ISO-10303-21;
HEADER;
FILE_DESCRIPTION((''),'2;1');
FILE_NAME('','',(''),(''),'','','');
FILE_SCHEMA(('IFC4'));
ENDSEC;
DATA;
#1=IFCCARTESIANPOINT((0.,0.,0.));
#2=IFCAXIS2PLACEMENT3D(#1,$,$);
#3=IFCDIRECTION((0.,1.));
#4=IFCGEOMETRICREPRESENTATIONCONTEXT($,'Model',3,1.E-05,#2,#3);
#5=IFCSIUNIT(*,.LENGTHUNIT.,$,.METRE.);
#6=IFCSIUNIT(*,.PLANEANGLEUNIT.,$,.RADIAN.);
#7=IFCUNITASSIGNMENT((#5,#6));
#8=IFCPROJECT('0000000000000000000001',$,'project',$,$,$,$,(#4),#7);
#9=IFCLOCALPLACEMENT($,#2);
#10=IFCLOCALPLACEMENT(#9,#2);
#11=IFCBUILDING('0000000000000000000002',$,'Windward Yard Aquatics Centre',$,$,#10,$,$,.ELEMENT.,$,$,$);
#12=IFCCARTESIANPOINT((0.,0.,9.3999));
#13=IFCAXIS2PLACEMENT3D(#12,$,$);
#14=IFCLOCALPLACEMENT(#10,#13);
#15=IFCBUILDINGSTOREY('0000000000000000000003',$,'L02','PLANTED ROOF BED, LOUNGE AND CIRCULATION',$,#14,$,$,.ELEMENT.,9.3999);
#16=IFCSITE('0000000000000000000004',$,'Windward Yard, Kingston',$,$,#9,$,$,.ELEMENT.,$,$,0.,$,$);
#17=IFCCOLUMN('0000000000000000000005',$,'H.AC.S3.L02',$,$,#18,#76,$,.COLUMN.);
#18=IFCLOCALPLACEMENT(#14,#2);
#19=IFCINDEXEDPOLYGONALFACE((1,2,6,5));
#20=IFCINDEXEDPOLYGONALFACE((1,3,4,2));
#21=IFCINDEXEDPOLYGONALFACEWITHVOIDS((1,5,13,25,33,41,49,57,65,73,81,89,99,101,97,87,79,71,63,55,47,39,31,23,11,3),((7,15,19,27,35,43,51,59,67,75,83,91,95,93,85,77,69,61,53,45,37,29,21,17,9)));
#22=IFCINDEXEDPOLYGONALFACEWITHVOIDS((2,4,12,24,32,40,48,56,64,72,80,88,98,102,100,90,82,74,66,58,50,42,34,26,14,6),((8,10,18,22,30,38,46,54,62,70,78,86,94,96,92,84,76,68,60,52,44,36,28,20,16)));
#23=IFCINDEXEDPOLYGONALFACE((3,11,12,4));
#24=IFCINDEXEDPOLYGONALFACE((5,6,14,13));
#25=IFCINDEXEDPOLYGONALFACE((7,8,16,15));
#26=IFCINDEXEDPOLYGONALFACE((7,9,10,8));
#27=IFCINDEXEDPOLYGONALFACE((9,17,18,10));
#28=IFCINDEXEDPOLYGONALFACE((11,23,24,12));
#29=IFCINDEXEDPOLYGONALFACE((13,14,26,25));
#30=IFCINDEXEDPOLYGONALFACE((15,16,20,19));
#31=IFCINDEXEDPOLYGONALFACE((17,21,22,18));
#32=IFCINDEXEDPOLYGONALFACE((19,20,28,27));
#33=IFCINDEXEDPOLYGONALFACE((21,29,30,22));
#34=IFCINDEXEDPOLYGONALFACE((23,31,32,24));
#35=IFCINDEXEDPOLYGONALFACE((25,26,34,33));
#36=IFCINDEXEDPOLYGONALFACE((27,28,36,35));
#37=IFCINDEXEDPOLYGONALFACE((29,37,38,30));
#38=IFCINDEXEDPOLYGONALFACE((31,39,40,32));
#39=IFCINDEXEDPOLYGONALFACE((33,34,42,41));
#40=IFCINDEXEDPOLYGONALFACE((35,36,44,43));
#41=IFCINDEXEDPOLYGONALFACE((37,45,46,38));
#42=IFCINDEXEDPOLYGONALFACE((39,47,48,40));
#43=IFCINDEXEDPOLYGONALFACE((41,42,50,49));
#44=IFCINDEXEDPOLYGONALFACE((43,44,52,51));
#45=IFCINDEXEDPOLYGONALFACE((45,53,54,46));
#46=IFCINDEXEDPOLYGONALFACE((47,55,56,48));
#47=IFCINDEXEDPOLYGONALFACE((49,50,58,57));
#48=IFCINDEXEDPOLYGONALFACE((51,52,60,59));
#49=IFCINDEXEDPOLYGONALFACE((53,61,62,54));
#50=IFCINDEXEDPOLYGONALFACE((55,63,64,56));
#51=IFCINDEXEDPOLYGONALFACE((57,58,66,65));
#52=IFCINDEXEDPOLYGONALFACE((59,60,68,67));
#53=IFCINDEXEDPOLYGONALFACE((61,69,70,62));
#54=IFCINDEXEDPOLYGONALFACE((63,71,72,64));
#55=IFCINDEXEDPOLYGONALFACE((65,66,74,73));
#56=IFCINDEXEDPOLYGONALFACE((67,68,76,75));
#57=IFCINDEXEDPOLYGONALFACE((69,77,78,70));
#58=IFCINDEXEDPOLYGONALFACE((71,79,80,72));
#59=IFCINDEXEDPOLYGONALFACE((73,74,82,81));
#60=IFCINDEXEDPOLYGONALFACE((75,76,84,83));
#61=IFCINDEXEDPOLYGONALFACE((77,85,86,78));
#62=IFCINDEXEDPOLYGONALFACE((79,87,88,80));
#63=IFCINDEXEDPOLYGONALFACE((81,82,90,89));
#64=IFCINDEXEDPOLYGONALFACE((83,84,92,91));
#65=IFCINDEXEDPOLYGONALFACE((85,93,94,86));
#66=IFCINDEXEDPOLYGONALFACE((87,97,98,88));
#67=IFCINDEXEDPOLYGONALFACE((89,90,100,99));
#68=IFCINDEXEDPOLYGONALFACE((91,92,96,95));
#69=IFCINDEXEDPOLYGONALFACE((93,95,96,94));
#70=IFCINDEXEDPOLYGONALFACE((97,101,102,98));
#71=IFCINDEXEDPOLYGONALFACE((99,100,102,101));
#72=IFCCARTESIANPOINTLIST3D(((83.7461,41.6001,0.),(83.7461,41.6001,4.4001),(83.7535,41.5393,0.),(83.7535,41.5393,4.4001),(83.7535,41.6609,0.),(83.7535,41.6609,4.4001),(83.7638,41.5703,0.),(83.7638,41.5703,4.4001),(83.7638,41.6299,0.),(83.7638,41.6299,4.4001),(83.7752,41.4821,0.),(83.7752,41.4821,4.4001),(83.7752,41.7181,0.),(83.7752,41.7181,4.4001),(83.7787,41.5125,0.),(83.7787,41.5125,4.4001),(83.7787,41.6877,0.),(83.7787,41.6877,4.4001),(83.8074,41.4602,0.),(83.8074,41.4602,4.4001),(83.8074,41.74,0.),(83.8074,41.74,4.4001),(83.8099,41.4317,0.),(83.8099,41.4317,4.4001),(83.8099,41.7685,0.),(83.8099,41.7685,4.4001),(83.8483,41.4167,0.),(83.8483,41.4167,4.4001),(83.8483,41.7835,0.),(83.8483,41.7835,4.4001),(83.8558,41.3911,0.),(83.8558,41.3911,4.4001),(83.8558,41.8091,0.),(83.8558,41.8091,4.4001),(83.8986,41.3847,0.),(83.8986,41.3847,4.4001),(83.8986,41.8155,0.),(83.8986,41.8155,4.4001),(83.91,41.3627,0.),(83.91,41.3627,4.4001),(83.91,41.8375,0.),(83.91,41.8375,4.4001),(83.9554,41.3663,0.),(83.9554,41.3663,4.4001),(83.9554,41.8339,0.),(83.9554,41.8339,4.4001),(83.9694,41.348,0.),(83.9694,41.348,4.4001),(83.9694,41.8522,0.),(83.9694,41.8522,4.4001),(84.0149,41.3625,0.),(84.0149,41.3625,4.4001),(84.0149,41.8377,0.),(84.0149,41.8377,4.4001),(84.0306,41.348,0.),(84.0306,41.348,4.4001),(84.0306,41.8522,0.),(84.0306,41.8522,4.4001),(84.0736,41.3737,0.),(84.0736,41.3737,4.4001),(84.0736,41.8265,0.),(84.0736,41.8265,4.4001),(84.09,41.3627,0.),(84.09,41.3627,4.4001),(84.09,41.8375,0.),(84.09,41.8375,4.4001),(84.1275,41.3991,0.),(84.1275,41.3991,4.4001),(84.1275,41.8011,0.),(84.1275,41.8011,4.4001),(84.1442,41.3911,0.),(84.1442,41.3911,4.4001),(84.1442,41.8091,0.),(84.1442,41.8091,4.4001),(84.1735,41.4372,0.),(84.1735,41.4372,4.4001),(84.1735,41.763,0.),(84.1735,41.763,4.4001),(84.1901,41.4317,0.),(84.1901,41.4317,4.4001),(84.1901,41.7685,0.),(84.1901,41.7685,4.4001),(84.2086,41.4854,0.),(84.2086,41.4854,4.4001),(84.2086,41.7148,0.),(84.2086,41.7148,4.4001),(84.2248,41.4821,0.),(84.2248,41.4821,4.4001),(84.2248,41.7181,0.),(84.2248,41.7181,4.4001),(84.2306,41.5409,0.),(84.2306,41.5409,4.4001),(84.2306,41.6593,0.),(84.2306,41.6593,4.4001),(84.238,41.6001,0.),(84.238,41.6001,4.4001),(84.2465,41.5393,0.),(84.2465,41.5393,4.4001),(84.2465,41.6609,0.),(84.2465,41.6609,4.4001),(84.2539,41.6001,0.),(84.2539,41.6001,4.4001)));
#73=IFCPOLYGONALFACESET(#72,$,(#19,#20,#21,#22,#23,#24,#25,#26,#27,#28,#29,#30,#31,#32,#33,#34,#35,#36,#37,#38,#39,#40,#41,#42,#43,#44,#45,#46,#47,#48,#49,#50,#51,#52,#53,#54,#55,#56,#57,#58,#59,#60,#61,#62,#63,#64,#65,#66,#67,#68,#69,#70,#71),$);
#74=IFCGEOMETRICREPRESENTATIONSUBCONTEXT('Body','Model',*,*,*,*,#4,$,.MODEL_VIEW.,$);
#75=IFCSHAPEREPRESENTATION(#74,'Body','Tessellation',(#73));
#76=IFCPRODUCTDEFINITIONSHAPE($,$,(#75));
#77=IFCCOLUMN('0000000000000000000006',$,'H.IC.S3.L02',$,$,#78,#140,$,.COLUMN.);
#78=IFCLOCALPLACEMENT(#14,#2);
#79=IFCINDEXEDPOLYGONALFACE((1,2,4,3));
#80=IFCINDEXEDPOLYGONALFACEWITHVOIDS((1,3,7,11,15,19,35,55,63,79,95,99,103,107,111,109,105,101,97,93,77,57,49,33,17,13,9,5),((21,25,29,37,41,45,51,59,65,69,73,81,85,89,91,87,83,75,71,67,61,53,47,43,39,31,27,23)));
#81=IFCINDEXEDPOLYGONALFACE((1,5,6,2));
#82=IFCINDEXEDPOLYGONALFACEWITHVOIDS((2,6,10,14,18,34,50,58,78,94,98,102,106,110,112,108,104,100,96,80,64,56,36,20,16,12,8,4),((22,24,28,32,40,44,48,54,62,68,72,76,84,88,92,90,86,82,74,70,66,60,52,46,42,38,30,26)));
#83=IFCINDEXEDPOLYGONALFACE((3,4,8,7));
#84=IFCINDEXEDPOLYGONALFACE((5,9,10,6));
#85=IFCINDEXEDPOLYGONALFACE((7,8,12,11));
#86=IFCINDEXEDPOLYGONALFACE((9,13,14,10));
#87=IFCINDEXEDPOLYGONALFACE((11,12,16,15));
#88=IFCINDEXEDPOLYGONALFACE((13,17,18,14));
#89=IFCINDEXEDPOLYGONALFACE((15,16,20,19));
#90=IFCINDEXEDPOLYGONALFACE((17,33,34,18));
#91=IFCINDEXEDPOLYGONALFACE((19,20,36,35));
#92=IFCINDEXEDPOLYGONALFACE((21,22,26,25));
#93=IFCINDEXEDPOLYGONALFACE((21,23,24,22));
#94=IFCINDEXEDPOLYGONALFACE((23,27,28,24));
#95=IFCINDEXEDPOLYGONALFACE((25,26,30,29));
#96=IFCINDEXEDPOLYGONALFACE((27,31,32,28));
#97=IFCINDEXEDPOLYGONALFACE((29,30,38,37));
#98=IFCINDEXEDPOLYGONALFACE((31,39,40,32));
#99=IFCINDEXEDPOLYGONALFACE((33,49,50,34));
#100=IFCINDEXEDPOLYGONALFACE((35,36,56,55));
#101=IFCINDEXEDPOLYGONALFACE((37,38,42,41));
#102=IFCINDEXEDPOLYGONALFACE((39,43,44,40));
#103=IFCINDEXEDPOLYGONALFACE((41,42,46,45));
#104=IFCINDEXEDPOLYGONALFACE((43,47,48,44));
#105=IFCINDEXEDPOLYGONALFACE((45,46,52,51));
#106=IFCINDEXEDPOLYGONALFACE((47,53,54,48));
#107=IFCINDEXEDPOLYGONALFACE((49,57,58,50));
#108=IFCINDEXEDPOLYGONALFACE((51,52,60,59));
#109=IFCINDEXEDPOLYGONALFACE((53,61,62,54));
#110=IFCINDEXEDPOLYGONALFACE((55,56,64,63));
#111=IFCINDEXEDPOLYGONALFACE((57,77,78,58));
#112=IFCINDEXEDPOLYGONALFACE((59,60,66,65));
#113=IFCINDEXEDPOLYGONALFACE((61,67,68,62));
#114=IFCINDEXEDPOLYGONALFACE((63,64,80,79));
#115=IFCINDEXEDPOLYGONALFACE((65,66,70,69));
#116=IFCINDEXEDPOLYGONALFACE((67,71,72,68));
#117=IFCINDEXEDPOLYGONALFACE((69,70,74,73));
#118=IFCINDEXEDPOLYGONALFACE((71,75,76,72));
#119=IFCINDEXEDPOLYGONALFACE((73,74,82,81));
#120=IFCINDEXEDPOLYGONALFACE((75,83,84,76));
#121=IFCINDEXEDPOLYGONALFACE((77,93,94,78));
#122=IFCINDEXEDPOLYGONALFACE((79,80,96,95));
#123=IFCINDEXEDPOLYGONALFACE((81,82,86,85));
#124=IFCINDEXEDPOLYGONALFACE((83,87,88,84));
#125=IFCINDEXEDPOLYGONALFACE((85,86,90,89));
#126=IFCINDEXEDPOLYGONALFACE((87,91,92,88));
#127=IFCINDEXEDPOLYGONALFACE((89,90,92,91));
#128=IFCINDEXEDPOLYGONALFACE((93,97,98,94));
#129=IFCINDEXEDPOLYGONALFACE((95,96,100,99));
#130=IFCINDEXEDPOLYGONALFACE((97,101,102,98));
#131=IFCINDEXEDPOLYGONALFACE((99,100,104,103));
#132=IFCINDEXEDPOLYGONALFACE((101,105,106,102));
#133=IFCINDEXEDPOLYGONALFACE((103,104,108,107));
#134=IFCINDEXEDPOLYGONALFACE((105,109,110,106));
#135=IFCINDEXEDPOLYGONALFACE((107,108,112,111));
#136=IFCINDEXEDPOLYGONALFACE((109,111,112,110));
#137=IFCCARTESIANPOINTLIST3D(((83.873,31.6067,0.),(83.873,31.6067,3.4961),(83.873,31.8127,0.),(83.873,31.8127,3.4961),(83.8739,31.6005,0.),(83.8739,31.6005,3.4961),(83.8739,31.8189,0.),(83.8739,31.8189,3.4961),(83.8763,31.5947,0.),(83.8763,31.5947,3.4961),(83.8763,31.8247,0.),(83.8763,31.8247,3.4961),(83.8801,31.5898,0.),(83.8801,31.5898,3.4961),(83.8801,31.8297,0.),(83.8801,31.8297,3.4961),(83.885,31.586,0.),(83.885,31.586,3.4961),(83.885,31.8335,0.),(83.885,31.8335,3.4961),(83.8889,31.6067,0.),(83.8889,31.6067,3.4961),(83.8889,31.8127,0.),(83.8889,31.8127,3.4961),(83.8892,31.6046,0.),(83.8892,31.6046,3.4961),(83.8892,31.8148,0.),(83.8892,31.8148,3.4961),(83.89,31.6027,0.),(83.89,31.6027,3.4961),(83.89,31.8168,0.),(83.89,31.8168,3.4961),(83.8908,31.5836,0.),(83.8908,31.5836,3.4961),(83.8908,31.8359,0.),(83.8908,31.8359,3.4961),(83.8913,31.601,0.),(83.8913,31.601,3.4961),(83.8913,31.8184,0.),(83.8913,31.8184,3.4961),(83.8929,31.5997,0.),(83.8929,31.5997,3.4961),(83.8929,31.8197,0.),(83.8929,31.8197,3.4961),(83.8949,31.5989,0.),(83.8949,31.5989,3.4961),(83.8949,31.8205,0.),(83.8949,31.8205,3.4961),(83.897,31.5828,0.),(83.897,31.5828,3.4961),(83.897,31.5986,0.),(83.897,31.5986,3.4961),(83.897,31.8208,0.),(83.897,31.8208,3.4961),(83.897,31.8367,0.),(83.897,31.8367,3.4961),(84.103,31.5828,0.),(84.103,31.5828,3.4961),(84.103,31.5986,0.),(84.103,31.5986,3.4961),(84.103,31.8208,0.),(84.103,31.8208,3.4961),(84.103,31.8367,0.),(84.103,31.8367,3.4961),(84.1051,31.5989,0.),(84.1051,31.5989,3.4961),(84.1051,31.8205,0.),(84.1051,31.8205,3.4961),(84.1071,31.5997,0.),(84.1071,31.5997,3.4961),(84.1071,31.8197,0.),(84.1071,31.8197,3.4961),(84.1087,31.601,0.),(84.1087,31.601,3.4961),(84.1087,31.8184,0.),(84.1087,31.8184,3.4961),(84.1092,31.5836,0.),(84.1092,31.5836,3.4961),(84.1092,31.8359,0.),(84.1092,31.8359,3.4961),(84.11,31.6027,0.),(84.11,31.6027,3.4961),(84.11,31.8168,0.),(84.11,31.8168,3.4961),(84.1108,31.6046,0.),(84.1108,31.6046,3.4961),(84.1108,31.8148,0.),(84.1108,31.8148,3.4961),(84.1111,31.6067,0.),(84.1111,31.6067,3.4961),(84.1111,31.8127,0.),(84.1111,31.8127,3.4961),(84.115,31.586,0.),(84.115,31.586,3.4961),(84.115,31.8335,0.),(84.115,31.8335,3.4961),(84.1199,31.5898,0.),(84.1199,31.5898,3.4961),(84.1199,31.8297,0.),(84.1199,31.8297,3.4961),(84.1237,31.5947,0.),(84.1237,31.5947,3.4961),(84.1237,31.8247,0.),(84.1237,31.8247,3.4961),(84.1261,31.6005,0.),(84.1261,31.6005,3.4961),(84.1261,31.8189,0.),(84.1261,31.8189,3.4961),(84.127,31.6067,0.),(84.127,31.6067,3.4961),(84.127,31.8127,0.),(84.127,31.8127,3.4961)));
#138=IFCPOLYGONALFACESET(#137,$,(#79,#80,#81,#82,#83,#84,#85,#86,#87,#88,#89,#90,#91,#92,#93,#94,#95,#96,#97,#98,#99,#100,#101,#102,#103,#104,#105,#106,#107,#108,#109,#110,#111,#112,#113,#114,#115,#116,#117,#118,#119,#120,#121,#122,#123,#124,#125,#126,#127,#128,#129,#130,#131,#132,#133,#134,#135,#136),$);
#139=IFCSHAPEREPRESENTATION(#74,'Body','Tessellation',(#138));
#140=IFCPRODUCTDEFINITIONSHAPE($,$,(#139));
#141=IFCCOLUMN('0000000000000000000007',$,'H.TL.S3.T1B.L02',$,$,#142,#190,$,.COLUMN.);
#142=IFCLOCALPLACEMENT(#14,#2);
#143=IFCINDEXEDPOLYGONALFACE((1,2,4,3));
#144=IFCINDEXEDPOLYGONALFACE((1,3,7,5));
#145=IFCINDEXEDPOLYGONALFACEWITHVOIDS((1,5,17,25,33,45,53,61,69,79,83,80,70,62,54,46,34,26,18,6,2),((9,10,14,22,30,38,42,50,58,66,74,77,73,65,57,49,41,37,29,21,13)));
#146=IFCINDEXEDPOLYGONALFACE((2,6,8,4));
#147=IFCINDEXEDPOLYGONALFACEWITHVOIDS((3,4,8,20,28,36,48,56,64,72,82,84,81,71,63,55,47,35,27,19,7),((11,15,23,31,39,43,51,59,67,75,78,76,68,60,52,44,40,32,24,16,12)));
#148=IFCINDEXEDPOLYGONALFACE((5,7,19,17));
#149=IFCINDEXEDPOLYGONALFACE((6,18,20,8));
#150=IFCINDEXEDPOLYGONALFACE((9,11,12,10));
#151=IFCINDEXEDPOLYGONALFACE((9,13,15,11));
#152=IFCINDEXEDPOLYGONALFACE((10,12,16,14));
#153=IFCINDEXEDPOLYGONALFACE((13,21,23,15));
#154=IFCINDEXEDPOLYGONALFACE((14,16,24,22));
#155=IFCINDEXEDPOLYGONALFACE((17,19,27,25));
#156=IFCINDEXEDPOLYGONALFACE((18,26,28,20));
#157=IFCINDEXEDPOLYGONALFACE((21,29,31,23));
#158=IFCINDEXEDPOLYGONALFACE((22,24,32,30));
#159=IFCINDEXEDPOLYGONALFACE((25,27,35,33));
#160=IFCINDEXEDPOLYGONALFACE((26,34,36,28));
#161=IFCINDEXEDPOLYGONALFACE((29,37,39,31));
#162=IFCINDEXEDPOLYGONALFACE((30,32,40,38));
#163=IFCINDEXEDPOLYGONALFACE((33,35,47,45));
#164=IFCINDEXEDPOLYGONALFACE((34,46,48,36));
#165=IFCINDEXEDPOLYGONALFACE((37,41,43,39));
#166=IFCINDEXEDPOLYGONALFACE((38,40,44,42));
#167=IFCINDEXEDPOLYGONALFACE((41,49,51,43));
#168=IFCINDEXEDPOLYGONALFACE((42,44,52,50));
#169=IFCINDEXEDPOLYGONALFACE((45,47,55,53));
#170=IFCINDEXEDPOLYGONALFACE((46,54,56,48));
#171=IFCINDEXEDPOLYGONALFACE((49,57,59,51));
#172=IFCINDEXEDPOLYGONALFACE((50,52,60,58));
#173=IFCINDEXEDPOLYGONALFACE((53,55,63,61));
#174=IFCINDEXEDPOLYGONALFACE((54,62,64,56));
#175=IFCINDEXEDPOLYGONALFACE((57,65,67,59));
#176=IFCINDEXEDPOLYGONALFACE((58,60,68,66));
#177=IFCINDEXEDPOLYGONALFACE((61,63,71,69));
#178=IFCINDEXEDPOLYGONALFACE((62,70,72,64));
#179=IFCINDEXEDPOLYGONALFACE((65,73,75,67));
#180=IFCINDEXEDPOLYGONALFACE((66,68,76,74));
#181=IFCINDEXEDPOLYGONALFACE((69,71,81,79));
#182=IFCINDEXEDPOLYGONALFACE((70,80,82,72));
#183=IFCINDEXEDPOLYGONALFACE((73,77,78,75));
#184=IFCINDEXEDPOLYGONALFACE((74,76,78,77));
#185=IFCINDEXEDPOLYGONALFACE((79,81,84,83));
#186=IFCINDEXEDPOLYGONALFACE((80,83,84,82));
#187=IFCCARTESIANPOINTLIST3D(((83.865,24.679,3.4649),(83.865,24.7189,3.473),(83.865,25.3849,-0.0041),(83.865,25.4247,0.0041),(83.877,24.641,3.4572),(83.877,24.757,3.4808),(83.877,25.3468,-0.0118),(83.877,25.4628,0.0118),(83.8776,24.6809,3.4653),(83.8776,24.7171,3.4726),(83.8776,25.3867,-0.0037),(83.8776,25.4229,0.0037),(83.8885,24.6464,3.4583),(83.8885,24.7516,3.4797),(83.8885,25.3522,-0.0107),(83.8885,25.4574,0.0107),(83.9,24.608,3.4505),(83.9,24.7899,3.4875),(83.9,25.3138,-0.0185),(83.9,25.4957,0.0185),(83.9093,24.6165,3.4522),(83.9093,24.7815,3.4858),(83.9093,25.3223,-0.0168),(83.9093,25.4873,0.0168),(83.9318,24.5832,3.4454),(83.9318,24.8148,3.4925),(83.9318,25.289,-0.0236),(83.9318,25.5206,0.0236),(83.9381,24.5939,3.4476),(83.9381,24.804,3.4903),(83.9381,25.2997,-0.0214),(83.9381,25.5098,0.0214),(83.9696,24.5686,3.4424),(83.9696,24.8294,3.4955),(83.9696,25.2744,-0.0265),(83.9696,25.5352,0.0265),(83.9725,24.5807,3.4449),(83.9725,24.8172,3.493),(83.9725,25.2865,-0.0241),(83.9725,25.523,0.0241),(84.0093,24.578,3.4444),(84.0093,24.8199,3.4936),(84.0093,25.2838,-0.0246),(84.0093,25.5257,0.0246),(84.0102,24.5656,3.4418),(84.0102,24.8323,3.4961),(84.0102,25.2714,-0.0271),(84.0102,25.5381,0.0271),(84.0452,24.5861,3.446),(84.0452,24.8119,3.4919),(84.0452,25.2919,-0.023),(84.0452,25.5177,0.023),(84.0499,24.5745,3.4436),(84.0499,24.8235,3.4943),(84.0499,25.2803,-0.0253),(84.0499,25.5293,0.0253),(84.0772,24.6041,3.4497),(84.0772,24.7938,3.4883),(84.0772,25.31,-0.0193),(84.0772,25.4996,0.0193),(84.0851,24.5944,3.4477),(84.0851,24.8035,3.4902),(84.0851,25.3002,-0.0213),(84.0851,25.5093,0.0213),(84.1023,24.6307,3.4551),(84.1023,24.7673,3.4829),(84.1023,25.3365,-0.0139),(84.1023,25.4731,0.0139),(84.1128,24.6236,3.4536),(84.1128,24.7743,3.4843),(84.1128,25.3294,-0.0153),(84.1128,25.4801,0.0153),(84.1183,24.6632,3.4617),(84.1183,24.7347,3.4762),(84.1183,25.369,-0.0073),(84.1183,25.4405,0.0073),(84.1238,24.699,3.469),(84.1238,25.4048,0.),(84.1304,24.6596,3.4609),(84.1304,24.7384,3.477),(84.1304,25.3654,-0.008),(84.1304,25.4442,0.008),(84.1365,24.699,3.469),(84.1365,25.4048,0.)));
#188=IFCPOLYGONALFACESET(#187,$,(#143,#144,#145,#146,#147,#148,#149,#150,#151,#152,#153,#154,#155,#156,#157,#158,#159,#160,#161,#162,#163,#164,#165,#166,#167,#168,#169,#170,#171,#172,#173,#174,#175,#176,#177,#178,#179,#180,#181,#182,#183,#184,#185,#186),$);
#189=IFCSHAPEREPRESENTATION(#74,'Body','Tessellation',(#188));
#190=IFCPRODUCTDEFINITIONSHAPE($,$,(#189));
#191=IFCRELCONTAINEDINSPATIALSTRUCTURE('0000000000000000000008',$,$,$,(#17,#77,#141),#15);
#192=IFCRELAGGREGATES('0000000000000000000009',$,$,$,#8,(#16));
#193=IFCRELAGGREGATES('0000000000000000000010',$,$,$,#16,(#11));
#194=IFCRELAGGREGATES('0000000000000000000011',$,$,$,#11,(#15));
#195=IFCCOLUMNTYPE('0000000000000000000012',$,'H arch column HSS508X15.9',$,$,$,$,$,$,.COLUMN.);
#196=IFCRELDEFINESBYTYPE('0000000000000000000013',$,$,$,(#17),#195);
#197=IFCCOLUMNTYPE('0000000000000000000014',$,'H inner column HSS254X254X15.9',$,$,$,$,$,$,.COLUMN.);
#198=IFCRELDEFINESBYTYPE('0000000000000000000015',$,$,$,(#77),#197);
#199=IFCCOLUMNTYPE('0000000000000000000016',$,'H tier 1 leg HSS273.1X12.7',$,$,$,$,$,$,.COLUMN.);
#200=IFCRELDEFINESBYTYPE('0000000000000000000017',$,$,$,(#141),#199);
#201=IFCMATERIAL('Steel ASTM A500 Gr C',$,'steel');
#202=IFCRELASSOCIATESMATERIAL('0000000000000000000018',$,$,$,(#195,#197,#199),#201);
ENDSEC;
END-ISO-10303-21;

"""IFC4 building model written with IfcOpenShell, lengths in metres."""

from ifc_helpers import new_model, si_unit, direction, frame, origin, origin_2d, place, context, subcontext, project, spatial, hollow_rectangle, hollow_circle, extrude, material, material_profile, profile_set, type_object, element, save


model = new_model("IFC4")

# Units and contexts
model_context = context("Model", 3, precision=1e-05, world=origin(), true_north=direction((0.0, 1.0)))
body_context = subcontext(model_context, "Body", "Model", "MODEL_VIEW")
ifc_project = project(units=[si_unit("LENGTHUNIT", "METRE"), si_unit("PLANEANGLEUNIT", "RADIAN")], contexts=[model_context])

# Site, building, storey
site_placement = place(None, origin())
site = spatial("IfcSite", under=ifc_project, at=site_placement, Name="Windward Yard, Kingston", CompositionType="ELEMENT", RefElevation=0.0)
building_placement = place(site_placement, origin())
building = spatial("IfcBuilding", under=site, at=building_placement, Name="Windward Yard Aquatics Centre", CompositionType="ELEMENT")
storey_placement = place(building_placement, frame((0.0, 0.0, 9.3999)))
storey = spatial("IfcBuildingStorey", under=building, at=storey_placement, Name="L02", Description="PLANTED ROOF BED, LOUNGE AND CIRCULATION", CompositionType="ELEMENT", Elevation=9.3999)

# Columns
ifc_material_1 = material(Name="Steel ASTM A500 Gr C", Category="steel")
ifc_material_profile_1 = material_profile(ifc_material_1, hollow_circle(Radius=0.2539, WallThickness=0.0159, at=origin_2d()), Name="HSS508X15.9")
ifc_profile_set_1 = profile_set([ifc_material_profile_1], Name="Steel ASTM A500 Gr C")
column_type_1 = type_object("IfcColumnType", Name="H arch column HSS508X15.9", PredefinedType="COLUMN", material=ifc_profile_set_1)
column_1_placement = place(storey_placement, frame((84.0, 41.6001, 0.0), z_axis=(0.0, 0.0, 1.0), x_axis=(1.0, 0.0, 0.0)))
element("IfcColumn", 1, at=column_1_placement, inside=storey, type_object=column_type_1, Name="H.AC.S3.L02", PredefinedType="COLUMN", context=body_context, shape_type="SweptSolid", body=[
    extrude(hollow_circle(Radius=0.2539, WallThickness=0.0159, at=origin_2d()), origin(), (0.0, 0.0, 1.0), 4.4001),
])
ifc_material_profile_2 = material_profile(ifc_material_1, hollow_rectangle(XDim=0.2539, YDim=0.2539, WallThickness=0.0159, InnerFilletRadius=0.0081, OuterFilletRadius=0.0239, at=origin_2d()), Name="HSS254X254X15.9")
ifc_profile_set_2 = profile_set([ifc_material_profile_2], Name="Steel ASTM A500 Gr C")
column_type_2 = type_object("IfcColumnType", Name="H inner column HSS254X254X15.9", PredefinedType="COLUMN", material=ifc_profile_set_2)
column_2_placement = place(storey_placement, frame((84.0, 31.7097, 0.0), z_axis=(0.0, 0.0, 1.0), x_axis=(1.0, 0.0, 0.0)))
element("IfcColumn", 2, at=column_2_placement, inside=storey, type_object=column_type_2, Name="H.IC.S3.L02", PredefinedType="COLUMN", context=body_context, shape_type="SweptSolid", body=[
    extrude(hollow_rectangle(XDim=0.2539, YDim=0.2539, WallThickness=0.0159, InnerFilletRadius=0.0081, OuterFilletRadius=0.0239, at=origin_2d()), origin(), (0.0, 0.0, 1.0), 3.4961),
])
ifc_material_profile_3 = material_profile(ifc_material_1, hollow_circle(Radius=0.1365, WallThickness=0.0127, at=origin_2d()), Name="HSS273.1X12.7")
ifc_profile_set_3 = profile_set([ifc_material_profile_3], Name="Steel ASTM A500 Gr C")
column_type_3 = type_object("IfcColumnType", Name="H tier 1 leg HSS273.1X12.7", PredefinedType="COLUMN", material=ifc_profile_set_3)
column_3_placement = place(storey_placement, frame((84.0, 25.4048, 0.0), z_axis=(0.0, -0.199378, 0.979923), x_axis=(1.0, 0.0, 0.0)))
element("IfcColumn", 3, at=column_3_placement, inside=storey, type_object=column_type_3, Name="H.TL.S3.T1B.L02", PredefinedType="COLUMN", context=body_context, shape_type="SweptSolid", body=[
    extrude(hollow_circle(Radius=0.1365, WallThickness=0.0127, at=origin_2d()), origin(), (0.0, 0.0, 1.0), 3.54),
])

save(model, "model.ifc")
